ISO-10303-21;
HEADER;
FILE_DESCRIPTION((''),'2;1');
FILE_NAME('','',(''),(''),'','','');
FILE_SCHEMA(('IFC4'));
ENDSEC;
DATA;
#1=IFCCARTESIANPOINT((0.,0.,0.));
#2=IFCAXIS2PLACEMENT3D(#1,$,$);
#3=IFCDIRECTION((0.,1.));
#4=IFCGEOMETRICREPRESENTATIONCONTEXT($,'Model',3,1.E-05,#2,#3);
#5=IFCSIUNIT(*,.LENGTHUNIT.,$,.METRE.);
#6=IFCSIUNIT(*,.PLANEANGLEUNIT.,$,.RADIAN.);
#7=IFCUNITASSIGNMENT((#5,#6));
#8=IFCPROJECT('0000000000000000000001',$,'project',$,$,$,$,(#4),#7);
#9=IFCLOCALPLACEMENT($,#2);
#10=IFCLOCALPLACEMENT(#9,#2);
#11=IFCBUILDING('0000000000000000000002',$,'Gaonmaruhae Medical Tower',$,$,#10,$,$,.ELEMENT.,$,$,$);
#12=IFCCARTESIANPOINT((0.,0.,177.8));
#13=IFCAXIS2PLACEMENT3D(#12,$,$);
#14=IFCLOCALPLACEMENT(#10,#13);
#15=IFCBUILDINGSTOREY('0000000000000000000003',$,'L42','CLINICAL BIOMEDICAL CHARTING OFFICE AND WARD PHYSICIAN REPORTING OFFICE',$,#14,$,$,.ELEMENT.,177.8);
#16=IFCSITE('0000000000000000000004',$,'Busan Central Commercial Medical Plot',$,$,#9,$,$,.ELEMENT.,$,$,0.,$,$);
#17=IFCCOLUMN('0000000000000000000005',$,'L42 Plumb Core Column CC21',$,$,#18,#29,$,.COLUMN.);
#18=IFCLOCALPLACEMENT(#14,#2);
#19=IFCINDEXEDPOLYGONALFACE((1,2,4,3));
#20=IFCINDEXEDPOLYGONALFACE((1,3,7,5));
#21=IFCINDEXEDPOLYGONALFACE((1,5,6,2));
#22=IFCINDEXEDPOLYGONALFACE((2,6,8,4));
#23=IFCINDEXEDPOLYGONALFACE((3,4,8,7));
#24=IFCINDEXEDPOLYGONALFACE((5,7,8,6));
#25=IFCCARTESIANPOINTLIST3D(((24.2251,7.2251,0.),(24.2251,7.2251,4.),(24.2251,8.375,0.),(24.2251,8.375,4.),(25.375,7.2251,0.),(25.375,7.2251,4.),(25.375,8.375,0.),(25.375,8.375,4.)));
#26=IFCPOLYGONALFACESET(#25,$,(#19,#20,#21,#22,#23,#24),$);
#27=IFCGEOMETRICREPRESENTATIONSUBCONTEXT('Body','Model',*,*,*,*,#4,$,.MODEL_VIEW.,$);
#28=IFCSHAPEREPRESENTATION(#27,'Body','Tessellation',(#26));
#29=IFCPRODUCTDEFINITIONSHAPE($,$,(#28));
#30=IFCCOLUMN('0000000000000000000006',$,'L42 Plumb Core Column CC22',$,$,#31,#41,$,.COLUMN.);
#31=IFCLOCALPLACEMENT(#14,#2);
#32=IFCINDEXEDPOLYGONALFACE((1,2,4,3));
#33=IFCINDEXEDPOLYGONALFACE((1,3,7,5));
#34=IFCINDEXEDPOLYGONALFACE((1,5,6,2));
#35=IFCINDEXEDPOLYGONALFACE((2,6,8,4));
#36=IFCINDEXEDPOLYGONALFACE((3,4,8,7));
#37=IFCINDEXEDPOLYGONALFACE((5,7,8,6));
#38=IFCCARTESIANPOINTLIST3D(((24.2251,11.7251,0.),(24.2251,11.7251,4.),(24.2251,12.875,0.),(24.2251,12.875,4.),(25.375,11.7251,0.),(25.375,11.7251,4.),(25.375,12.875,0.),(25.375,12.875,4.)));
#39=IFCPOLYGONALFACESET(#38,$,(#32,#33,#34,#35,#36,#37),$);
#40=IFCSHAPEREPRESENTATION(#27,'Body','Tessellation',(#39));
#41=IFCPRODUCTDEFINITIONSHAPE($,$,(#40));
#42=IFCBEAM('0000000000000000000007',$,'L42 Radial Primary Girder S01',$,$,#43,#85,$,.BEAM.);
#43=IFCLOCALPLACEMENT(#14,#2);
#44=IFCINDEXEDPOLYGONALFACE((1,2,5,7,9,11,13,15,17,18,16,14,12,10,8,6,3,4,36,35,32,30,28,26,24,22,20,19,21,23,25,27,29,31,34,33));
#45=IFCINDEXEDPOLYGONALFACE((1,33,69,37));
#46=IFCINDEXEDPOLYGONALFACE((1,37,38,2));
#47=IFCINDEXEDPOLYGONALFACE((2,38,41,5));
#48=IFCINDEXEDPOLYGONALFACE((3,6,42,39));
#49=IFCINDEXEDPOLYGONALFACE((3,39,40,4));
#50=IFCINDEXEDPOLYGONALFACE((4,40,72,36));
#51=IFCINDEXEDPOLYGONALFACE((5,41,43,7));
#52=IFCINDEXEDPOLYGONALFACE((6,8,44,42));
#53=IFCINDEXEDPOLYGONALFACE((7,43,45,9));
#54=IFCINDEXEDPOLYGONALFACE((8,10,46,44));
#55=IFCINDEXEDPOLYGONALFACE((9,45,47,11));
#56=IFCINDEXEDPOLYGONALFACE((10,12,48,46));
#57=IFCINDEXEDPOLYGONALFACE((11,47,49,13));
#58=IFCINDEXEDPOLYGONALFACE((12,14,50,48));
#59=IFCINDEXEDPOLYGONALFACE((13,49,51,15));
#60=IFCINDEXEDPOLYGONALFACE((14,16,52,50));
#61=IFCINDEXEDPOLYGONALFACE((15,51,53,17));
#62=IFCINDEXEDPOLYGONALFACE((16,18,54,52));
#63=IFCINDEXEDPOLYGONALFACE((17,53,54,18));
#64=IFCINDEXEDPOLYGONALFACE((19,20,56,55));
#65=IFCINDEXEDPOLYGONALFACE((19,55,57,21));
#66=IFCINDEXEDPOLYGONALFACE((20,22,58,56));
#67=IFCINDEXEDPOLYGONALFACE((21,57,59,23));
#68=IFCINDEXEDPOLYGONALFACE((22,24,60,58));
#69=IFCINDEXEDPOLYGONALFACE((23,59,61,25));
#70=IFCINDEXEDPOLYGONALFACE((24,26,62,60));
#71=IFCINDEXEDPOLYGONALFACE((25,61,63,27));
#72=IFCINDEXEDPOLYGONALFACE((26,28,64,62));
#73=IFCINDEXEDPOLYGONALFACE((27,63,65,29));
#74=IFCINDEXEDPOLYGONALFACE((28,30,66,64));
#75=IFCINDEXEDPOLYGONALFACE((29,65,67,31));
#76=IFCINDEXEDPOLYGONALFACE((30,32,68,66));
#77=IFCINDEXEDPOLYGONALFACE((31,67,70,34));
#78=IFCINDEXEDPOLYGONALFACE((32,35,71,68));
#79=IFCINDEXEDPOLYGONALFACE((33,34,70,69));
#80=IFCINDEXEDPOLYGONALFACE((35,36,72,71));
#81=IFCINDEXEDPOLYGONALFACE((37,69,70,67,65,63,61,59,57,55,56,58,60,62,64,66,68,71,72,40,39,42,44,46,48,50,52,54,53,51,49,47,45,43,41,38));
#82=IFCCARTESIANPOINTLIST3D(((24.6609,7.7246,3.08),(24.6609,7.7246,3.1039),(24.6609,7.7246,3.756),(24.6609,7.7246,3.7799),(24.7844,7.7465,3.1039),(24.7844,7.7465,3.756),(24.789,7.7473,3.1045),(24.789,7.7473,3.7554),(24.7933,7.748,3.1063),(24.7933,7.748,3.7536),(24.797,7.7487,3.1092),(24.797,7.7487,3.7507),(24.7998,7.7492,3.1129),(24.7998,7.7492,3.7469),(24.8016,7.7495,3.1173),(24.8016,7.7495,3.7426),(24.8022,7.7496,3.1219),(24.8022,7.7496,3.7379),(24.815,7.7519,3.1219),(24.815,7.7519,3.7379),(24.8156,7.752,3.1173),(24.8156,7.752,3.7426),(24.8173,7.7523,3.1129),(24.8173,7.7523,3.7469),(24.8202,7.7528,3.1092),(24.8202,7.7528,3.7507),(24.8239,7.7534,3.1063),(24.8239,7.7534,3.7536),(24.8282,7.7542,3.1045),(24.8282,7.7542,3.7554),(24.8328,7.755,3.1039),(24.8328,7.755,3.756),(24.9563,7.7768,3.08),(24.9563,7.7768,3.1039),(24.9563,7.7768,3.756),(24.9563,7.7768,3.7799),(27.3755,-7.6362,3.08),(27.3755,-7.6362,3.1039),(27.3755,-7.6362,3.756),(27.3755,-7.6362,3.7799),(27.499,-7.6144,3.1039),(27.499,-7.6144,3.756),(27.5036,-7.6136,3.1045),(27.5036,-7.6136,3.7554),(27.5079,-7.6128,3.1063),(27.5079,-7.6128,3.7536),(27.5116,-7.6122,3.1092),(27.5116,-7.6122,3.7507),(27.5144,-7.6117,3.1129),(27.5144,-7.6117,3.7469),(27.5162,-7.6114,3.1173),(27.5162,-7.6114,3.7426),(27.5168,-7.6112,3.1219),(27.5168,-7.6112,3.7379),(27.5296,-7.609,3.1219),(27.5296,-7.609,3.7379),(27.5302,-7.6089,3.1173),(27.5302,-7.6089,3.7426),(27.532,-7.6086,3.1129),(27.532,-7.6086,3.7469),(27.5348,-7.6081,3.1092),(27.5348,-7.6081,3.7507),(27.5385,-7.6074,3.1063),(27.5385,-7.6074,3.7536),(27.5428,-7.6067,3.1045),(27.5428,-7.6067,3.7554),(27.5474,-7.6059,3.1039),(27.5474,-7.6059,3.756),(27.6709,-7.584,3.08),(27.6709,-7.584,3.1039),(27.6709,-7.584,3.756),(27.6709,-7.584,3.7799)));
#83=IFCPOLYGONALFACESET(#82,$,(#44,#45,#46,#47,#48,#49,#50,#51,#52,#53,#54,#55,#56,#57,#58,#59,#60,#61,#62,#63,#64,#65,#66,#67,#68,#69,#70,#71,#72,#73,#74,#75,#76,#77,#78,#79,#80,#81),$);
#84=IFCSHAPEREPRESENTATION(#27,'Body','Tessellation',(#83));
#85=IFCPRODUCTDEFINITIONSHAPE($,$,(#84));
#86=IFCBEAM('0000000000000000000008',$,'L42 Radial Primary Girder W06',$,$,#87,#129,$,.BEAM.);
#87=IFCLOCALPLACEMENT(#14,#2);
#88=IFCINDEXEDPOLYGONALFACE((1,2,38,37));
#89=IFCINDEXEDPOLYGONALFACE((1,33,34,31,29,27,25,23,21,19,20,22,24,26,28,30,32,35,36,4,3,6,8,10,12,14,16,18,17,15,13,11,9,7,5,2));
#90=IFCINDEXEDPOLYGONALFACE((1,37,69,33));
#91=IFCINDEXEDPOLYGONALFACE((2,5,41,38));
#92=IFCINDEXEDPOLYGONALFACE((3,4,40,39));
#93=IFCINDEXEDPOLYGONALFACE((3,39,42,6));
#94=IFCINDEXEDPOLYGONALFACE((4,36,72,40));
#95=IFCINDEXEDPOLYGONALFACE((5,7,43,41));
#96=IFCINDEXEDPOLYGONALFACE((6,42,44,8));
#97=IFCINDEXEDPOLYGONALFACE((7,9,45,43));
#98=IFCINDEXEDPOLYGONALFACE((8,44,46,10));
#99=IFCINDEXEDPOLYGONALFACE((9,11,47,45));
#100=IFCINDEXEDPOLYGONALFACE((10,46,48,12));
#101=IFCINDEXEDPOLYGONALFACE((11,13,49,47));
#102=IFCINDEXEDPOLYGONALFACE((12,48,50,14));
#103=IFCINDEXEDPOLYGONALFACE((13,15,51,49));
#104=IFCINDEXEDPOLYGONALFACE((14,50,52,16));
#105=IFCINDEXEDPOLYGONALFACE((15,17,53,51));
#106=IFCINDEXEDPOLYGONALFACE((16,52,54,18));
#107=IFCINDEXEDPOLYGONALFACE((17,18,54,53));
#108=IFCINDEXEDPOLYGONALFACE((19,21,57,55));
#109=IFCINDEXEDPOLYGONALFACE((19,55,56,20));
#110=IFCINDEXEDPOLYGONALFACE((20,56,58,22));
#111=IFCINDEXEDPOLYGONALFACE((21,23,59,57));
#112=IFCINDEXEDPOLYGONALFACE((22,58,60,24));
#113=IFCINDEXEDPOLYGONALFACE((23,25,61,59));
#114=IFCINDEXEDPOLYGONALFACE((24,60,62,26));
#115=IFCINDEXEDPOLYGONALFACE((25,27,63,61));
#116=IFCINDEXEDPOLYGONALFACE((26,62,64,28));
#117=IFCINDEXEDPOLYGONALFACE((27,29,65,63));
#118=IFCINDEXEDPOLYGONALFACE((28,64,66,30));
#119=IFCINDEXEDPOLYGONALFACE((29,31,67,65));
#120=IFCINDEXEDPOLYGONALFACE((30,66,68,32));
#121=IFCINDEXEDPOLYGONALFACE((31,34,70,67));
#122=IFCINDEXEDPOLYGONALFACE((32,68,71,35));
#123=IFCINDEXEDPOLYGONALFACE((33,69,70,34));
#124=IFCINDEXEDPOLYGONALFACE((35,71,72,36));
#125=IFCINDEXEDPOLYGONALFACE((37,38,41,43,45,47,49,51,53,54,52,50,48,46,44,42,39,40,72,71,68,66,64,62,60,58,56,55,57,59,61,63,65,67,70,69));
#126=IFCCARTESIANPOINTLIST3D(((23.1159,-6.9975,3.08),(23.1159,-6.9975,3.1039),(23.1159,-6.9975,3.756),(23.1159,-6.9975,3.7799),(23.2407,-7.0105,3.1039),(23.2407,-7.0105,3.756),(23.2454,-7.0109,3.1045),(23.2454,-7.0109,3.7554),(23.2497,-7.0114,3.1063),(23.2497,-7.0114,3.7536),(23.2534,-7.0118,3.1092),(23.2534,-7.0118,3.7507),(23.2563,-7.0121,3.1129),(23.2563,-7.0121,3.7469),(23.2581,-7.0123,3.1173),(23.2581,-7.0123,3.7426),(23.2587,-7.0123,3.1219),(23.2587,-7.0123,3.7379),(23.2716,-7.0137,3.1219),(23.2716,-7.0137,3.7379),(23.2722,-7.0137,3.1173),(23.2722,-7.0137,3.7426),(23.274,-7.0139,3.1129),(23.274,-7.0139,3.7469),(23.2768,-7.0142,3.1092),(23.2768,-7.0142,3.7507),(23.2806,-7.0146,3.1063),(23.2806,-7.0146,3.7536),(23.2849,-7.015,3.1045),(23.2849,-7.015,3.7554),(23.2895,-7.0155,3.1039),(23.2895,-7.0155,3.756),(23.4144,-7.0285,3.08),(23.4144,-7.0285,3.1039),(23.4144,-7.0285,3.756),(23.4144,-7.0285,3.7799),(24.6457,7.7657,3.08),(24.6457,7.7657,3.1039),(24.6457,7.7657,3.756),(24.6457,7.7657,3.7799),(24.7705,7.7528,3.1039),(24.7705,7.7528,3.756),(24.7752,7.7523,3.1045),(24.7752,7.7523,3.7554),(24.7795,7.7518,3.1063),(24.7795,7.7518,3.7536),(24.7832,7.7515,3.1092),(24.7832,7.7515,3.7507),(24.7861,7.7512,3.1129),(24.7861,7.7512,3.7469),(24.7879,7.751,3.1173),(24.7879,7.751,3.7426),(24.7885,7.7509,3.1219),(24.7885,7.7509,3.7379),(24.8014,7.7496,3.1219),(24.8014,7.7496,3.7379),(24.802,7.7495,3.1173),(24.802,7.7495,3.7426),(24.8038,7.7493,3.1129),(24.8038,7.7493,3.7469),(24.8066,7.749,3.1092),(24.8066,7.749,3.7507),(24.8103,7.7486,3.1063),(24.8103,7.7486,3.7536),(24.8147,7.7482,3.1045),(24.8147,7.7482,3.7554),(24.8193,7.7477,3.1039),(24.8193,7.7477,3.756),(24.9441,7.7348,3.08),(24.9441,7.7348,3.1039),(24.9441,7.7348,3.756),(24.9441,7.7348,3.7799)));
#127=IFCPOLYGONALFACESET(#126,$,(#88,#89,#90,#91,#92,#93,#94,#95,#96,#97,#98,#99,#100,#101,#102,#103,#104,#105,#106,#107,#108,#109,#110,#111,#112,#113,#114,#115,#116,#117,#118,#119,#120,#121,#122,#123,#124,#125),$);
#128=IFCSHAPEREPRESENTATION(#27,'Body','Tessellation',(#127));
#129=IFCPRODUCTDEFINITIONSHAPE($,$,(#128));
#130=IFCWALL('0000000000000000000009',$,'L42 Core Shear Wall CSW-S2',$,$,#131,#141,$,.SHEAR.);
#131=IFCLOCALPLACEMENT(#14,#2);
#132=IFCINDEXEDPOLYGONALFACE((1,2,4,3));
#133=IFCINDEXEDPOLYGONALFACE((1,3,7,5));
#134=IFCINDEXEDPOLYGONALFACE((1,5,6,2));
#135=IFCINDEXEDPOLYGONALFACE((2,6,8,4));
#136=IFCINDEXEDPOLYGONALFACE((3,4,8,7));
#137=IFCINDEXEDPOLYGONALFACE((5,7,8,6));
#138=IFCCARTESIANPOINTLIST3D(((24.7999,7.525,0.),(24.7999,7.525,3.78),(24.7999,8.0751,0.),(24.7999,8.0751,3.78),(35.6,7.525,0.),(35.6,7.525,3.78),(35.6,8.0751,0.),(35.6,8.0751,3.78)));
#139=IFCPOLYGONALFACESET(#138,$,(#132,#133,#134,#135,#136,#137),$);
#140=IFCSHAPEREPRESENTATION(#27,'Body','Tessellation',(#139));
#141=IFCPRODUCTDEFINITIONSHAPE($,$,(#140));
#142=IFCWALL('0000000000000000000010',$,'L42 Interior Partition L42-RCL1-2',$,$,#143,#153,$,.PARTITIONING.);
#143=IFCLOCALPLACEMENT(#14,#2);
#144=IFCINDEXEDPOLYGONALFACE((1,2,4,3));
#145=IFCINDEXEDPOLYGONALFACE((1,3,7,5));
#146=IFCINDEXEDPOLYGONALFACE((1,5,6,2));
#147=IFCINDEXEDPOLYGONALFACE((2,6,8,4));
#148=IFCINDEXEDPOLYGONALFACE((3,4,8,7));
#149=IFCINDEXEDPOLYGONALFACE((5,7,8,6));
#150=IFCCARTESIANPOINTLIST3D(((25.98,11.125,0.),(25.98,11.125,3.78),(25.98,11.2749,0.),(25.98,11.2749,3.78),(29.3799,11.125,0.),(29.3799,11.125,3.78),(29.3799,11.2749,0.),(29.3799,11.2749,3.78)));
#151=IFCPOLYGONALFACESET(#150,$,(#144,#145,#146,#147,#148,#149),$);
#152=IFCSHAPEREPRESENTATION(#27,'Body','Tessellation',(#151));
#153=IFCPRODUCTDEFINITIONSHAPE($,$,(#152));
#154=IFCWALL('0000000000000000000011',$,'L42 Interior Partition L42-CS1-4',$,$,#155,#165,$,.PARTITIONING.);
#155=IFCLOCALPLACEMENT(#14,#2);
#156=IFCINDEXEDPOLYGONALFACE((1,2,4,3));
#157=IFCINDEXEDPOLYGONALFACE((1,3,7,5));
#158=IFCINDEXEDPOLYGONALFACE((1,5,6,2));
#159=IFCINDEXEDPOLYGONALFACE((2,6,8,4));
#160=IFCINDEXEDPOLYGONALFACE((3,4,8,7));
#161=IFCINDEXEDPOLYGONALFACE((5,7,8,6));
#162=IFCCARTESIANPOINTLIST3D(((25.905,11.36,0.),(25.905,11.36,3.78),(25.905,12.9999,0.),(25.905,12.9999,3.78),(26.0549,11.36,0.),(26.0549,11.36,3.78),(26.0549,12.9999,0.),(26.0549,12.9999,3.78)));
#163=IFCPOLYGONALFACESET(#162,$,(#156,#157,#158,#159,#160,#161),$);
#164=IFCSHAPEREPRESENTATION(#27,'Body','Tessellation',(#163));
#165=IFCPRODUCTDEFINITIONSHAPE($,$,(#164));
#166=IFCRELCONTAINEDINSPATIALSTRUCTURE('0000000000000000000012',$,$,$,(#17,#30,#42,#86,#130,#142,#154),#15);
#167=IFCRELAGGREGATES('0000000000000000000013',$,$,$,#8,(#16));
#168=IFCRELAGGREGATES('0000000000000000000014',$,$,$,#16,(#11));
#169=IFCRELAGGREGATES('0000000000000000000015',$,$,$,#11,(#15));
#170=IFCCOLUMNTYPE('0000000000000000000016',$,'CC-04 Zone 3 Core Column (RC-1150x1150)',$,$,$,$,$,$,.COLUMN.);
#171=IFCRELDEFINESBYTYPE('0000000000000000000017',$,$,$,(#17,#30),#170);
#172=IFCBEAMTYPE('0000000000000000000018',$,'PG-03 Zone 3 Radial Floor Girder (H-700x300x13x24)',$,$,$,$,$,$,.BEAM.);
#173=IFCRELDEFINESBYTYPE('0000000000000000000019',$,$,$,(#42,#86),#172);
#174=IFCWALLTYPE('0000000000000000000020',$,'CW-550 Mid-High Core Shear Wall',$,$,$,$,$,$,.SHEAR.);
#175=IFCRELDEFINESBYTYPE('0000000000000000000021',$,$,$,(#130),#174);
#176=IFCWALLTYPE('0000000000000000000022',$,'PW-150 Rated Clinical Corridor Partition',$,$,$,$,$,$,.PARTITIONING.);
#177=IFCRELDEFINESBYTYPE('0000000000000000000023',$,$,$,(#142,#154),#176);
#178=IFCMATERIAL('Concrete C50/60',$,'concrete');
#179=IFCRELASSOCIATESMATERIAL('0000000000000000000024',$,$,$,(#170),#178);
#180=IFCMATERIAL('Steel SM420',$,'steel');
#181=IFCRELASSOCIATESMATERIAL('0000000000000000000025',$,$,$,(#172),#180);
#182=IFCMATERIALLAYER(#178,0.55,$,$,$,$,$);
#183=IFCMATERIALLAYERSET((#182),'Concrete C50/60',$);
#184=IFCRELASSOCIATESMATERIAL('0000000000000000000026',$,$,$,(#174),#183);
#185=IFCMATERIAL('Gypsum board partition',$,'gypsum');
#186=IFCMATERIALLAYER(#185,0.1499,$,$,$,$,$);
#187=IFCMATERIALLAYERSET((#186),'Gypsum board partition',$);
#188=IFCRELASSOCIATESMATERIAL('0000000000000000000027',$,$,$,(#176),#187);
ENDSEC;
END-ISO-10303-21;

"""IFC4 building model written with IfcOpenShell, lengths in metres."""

from ifc_helpers import new_model, si_unit, direction, frame, frame_2d, origin, origin_2d, place, context, subcontext, project, spatial, rectangle, i_section, extrude, material, layer, layer_set, material_profile, profile_set, type_object, element, save


model = new_model("IFC4")

# Units and contexts
model_context = context("Model", 3, precision=1e-05, world=origin(), true_north=direction((0.0, 1.0)))
body_context = subcontext(model_context, "Body", "Model", "MODEL_VIEW")
ifc_project = project(units=[si_unit("LENGTHUNIT", "METRE"), si_unit("PLANEANGLEUNIT", "RADIAN")], contexts=[model_context])

# Site, building, storey
site_placement = place(None, origin())
site = spatial("IfcSite", under=ifc_project, at=site_placement, Name="Busan Central Commercial Medical Plot", CompositionType="ELEMENT", RefElevation=0.0)
building_placement = place(site_placement, origin())
building = spatial("IfcBuilding", under=site, at=building_placement, Name="Gaonmaruhae Medical Tower", CompositionType="ELEMENT")
storey_placement = place(building_placement, frame((0.0, 0.0, 177.8)))
storey = spatial("IfcBuildingStorey", under=building, at=storey_placement, Name="L42", Description="CLINICAL BIOMEDICAL CHARTING OFFICE AND WARD PHYSICIAN REPORTING OFFICE", CompositionType="ELEMENT", Elevation=177.8)

# Columns
ifc_material_1 = material(Name="Concrete C50/60", Category="concrete")
ifc_material_profile_1 = material_profile(ifc_material_1, rectangle(XDim=1.1499, YDim=1.1499, at=origin_2d()), Name="RC-1150x1150")
ifc_profile_set_1 = profile_set([ifc_material_profile_1], Name="Concrete C50/60")
column_type = type_object("IfcColumnType", Name="CC-04 Zone 3 Core Column (RC-1150x1150)", PredefinedType="COLUMN", material=ifc_profile_set_1)
for number, where, z_axis, x_axis, name in (
    (1, (24.8, 7.8, 0.0), (0.0, 0.0, 1.0), (1.0, 0.0, 0.0), "L42 Plumb Core Column CC21"),
    (2, (24.8, 12.3, 0.0), (0.0, 0.0, 1.0), (1.0, 0.0, 0.0), "L42 Plumb Core Column CC22"),
):
    element("IfcColumn", number, at=place(storey_placement, frame(where, z_axis=z_axis, x_axis=x_axis)), inside=storey, type_object=column_type, Name=name, PredefinedType="COLUMN", context=body_context, shape_type="SweptSolid", body=[
        extrude(rectangle(XDim=1.1499, YDim=1.1499, at=origin_2d()), origin(), (0.0, 0.0, 1.0), 4.0),
    ])

# Beams
ifc_material_2 = material(Name="Steel SM420", Category="steel")
ifc_material_profile_2 = material_profile(ifc_material_2, i_section(OverallWidth=0.3, OverallDepth=0.7, WebThickness=0.0129, FlangeThickness=0.0239, FilletRadius=0.0181, at=origin_2d()), Name="H-700x300x13x24")
ifc_profile_set_2 = profile_set([ifc_material_profile_2], Name="Steel SM420")
beam_type = type_object("IfcBeamType", Name="PG-03 Zone 3 Radial Floor Girder (H-700x300x13x24)", PredefinedType="BEAM", material=ifc_profile_set_2)
beam_1_placement = place(storey_placement, frame((24.8086, 7.7507, 3.4299), z_axis=(0.174026, -0.984741, 0.0), x_axis=(0.984741, 0.174026, 0.0)))
element("IfcBeam", 3, at=beam_1_placement, inside=storey, type_object=beam_type, Name="L42 Radial Primary Girder S01", PredefinedType="BEAM", context=body_context, shape_type="SweptSolid", body=[
    extrude(i_section(OverallWidth=0.3, OverallDepth=0.7, WebThickness=0.0129, FlangeThickness=0.0239, FilletRadius=0.0181, at=origin_2d()), origin(), (0.0, 0.0, 1.0), 15.5989),
])
beam_2_placement = place(storey_placement, frame((24.7949, 7.7502, 3.4299), z_axis=(-0.10307, -0.994674, 0.0), x_axis=(0.994674, -0.10307, 0.0)))
element("IfcBeam", 4, at=beam_2_placement, inside=storey, type_object=beam_type, Name="L42 Radial Primary Girder W06", PredefinedType="BEAM", context=body_context, shape_type="SweptSolid", body=[
    extrude(i_section(OverallWidth=0.3, OverallDepth=0.7, WebThickness=0.0129, FlangeThickness=0.0239, FilletRadius=0.0181, at=origin_2d()), origin(), (0.0, 0.0, 1.0), 14.8423),
])

# Wall
ifc_layer_1 = layer(ifc_material_1, 0.55)
ifc_layer_set_1 = layer_set([ifc_layer_1], Name="Concrete C50/60")
wall_type_1 = type_object("IfcWallType", Name="CW-550 Mid-High Core Shear Wall", PredefinedType="SHEAR", material=ifc_layer_set_1)
wall_1_placement = place(storey_placement, frame((24.8, 7.8, 0.0), z_axis=(0.0, 0.0, 1.0), x_axis=(1.0, 0.0, 0.0)))
element("IfcWall", 5, at=wall_1_placement, inside=storey, type_object=wall_type_1, Name="L42 Core Shear Wall CSW-S2", PredefinedType="SHEAR", context=body_context, shape_type="SweptSolid", body=[
    extrude(rectangle(XDim=10.8, YDim=0.55, at=frame_2d((5.3999, 0.0))), origin(), (0.0, 0.0, 1.0), 3.78),
])

# Shared definitions
ifc_material_3 = material(Name="Gypsum board partition", Category="gypsum")
ifc_layer_2 = layer(ifc_material_3, 0.1499)
ifc_layer_set_2 = layer_set([ifc_layer_2], Name="Gypsum board partition")
wall_type_2 = type_object("IfcWallType", Name="PW-150 Rated Clinical Corridor Partition", PredefinedType="PARTITIONING", material=ifc_layer_set_2)

# Walls
wall_2_placement = place(storey_placement, frame((25.98, 11.2, 0.0), z_axis=(0.0, 0.0, 1.0), x_axis=(1.0, 0.0, 0.0)))
element("IfcWall", 6, at=wall_2_placement, inside=storey, type_object=wall_type_2, Name="L42 Interior Partition L42-RCL1-2", PredefinedType="PARTITIONING", context=body_context, shape_type="SweptSolid", body=[
    extrude(rectangle(XDim=3.3999, YDim=0.1499, at=frame_2d((1.7, 0.0))), origin(), (0.0, 0.0, 1.0), 3.78),
])
wall_3_placement = place(storey_placement, frame((25.98, 11.3601, 0.0), z_axis=(0.0, 0.0, 1.0), x_axis=(0.0, 1.0, 0.0)))
element("IfcWall", 7, at=wall_3_placement, inside=storey, type_object=wall_type_2, Name="L42 Interior Partition L42-CS1-4", PredefinedType="PARTITIONING", context=body_context, shape_type="SweptSolid", body=[
    extrude(rectangle(XDim=1.6399, YDim=0.1499, at=frame_2d((0.8198, 0.0))), origin(), (0.0, 0.0, 1.0), 3.78),
])

save(model, "model.ifc")
